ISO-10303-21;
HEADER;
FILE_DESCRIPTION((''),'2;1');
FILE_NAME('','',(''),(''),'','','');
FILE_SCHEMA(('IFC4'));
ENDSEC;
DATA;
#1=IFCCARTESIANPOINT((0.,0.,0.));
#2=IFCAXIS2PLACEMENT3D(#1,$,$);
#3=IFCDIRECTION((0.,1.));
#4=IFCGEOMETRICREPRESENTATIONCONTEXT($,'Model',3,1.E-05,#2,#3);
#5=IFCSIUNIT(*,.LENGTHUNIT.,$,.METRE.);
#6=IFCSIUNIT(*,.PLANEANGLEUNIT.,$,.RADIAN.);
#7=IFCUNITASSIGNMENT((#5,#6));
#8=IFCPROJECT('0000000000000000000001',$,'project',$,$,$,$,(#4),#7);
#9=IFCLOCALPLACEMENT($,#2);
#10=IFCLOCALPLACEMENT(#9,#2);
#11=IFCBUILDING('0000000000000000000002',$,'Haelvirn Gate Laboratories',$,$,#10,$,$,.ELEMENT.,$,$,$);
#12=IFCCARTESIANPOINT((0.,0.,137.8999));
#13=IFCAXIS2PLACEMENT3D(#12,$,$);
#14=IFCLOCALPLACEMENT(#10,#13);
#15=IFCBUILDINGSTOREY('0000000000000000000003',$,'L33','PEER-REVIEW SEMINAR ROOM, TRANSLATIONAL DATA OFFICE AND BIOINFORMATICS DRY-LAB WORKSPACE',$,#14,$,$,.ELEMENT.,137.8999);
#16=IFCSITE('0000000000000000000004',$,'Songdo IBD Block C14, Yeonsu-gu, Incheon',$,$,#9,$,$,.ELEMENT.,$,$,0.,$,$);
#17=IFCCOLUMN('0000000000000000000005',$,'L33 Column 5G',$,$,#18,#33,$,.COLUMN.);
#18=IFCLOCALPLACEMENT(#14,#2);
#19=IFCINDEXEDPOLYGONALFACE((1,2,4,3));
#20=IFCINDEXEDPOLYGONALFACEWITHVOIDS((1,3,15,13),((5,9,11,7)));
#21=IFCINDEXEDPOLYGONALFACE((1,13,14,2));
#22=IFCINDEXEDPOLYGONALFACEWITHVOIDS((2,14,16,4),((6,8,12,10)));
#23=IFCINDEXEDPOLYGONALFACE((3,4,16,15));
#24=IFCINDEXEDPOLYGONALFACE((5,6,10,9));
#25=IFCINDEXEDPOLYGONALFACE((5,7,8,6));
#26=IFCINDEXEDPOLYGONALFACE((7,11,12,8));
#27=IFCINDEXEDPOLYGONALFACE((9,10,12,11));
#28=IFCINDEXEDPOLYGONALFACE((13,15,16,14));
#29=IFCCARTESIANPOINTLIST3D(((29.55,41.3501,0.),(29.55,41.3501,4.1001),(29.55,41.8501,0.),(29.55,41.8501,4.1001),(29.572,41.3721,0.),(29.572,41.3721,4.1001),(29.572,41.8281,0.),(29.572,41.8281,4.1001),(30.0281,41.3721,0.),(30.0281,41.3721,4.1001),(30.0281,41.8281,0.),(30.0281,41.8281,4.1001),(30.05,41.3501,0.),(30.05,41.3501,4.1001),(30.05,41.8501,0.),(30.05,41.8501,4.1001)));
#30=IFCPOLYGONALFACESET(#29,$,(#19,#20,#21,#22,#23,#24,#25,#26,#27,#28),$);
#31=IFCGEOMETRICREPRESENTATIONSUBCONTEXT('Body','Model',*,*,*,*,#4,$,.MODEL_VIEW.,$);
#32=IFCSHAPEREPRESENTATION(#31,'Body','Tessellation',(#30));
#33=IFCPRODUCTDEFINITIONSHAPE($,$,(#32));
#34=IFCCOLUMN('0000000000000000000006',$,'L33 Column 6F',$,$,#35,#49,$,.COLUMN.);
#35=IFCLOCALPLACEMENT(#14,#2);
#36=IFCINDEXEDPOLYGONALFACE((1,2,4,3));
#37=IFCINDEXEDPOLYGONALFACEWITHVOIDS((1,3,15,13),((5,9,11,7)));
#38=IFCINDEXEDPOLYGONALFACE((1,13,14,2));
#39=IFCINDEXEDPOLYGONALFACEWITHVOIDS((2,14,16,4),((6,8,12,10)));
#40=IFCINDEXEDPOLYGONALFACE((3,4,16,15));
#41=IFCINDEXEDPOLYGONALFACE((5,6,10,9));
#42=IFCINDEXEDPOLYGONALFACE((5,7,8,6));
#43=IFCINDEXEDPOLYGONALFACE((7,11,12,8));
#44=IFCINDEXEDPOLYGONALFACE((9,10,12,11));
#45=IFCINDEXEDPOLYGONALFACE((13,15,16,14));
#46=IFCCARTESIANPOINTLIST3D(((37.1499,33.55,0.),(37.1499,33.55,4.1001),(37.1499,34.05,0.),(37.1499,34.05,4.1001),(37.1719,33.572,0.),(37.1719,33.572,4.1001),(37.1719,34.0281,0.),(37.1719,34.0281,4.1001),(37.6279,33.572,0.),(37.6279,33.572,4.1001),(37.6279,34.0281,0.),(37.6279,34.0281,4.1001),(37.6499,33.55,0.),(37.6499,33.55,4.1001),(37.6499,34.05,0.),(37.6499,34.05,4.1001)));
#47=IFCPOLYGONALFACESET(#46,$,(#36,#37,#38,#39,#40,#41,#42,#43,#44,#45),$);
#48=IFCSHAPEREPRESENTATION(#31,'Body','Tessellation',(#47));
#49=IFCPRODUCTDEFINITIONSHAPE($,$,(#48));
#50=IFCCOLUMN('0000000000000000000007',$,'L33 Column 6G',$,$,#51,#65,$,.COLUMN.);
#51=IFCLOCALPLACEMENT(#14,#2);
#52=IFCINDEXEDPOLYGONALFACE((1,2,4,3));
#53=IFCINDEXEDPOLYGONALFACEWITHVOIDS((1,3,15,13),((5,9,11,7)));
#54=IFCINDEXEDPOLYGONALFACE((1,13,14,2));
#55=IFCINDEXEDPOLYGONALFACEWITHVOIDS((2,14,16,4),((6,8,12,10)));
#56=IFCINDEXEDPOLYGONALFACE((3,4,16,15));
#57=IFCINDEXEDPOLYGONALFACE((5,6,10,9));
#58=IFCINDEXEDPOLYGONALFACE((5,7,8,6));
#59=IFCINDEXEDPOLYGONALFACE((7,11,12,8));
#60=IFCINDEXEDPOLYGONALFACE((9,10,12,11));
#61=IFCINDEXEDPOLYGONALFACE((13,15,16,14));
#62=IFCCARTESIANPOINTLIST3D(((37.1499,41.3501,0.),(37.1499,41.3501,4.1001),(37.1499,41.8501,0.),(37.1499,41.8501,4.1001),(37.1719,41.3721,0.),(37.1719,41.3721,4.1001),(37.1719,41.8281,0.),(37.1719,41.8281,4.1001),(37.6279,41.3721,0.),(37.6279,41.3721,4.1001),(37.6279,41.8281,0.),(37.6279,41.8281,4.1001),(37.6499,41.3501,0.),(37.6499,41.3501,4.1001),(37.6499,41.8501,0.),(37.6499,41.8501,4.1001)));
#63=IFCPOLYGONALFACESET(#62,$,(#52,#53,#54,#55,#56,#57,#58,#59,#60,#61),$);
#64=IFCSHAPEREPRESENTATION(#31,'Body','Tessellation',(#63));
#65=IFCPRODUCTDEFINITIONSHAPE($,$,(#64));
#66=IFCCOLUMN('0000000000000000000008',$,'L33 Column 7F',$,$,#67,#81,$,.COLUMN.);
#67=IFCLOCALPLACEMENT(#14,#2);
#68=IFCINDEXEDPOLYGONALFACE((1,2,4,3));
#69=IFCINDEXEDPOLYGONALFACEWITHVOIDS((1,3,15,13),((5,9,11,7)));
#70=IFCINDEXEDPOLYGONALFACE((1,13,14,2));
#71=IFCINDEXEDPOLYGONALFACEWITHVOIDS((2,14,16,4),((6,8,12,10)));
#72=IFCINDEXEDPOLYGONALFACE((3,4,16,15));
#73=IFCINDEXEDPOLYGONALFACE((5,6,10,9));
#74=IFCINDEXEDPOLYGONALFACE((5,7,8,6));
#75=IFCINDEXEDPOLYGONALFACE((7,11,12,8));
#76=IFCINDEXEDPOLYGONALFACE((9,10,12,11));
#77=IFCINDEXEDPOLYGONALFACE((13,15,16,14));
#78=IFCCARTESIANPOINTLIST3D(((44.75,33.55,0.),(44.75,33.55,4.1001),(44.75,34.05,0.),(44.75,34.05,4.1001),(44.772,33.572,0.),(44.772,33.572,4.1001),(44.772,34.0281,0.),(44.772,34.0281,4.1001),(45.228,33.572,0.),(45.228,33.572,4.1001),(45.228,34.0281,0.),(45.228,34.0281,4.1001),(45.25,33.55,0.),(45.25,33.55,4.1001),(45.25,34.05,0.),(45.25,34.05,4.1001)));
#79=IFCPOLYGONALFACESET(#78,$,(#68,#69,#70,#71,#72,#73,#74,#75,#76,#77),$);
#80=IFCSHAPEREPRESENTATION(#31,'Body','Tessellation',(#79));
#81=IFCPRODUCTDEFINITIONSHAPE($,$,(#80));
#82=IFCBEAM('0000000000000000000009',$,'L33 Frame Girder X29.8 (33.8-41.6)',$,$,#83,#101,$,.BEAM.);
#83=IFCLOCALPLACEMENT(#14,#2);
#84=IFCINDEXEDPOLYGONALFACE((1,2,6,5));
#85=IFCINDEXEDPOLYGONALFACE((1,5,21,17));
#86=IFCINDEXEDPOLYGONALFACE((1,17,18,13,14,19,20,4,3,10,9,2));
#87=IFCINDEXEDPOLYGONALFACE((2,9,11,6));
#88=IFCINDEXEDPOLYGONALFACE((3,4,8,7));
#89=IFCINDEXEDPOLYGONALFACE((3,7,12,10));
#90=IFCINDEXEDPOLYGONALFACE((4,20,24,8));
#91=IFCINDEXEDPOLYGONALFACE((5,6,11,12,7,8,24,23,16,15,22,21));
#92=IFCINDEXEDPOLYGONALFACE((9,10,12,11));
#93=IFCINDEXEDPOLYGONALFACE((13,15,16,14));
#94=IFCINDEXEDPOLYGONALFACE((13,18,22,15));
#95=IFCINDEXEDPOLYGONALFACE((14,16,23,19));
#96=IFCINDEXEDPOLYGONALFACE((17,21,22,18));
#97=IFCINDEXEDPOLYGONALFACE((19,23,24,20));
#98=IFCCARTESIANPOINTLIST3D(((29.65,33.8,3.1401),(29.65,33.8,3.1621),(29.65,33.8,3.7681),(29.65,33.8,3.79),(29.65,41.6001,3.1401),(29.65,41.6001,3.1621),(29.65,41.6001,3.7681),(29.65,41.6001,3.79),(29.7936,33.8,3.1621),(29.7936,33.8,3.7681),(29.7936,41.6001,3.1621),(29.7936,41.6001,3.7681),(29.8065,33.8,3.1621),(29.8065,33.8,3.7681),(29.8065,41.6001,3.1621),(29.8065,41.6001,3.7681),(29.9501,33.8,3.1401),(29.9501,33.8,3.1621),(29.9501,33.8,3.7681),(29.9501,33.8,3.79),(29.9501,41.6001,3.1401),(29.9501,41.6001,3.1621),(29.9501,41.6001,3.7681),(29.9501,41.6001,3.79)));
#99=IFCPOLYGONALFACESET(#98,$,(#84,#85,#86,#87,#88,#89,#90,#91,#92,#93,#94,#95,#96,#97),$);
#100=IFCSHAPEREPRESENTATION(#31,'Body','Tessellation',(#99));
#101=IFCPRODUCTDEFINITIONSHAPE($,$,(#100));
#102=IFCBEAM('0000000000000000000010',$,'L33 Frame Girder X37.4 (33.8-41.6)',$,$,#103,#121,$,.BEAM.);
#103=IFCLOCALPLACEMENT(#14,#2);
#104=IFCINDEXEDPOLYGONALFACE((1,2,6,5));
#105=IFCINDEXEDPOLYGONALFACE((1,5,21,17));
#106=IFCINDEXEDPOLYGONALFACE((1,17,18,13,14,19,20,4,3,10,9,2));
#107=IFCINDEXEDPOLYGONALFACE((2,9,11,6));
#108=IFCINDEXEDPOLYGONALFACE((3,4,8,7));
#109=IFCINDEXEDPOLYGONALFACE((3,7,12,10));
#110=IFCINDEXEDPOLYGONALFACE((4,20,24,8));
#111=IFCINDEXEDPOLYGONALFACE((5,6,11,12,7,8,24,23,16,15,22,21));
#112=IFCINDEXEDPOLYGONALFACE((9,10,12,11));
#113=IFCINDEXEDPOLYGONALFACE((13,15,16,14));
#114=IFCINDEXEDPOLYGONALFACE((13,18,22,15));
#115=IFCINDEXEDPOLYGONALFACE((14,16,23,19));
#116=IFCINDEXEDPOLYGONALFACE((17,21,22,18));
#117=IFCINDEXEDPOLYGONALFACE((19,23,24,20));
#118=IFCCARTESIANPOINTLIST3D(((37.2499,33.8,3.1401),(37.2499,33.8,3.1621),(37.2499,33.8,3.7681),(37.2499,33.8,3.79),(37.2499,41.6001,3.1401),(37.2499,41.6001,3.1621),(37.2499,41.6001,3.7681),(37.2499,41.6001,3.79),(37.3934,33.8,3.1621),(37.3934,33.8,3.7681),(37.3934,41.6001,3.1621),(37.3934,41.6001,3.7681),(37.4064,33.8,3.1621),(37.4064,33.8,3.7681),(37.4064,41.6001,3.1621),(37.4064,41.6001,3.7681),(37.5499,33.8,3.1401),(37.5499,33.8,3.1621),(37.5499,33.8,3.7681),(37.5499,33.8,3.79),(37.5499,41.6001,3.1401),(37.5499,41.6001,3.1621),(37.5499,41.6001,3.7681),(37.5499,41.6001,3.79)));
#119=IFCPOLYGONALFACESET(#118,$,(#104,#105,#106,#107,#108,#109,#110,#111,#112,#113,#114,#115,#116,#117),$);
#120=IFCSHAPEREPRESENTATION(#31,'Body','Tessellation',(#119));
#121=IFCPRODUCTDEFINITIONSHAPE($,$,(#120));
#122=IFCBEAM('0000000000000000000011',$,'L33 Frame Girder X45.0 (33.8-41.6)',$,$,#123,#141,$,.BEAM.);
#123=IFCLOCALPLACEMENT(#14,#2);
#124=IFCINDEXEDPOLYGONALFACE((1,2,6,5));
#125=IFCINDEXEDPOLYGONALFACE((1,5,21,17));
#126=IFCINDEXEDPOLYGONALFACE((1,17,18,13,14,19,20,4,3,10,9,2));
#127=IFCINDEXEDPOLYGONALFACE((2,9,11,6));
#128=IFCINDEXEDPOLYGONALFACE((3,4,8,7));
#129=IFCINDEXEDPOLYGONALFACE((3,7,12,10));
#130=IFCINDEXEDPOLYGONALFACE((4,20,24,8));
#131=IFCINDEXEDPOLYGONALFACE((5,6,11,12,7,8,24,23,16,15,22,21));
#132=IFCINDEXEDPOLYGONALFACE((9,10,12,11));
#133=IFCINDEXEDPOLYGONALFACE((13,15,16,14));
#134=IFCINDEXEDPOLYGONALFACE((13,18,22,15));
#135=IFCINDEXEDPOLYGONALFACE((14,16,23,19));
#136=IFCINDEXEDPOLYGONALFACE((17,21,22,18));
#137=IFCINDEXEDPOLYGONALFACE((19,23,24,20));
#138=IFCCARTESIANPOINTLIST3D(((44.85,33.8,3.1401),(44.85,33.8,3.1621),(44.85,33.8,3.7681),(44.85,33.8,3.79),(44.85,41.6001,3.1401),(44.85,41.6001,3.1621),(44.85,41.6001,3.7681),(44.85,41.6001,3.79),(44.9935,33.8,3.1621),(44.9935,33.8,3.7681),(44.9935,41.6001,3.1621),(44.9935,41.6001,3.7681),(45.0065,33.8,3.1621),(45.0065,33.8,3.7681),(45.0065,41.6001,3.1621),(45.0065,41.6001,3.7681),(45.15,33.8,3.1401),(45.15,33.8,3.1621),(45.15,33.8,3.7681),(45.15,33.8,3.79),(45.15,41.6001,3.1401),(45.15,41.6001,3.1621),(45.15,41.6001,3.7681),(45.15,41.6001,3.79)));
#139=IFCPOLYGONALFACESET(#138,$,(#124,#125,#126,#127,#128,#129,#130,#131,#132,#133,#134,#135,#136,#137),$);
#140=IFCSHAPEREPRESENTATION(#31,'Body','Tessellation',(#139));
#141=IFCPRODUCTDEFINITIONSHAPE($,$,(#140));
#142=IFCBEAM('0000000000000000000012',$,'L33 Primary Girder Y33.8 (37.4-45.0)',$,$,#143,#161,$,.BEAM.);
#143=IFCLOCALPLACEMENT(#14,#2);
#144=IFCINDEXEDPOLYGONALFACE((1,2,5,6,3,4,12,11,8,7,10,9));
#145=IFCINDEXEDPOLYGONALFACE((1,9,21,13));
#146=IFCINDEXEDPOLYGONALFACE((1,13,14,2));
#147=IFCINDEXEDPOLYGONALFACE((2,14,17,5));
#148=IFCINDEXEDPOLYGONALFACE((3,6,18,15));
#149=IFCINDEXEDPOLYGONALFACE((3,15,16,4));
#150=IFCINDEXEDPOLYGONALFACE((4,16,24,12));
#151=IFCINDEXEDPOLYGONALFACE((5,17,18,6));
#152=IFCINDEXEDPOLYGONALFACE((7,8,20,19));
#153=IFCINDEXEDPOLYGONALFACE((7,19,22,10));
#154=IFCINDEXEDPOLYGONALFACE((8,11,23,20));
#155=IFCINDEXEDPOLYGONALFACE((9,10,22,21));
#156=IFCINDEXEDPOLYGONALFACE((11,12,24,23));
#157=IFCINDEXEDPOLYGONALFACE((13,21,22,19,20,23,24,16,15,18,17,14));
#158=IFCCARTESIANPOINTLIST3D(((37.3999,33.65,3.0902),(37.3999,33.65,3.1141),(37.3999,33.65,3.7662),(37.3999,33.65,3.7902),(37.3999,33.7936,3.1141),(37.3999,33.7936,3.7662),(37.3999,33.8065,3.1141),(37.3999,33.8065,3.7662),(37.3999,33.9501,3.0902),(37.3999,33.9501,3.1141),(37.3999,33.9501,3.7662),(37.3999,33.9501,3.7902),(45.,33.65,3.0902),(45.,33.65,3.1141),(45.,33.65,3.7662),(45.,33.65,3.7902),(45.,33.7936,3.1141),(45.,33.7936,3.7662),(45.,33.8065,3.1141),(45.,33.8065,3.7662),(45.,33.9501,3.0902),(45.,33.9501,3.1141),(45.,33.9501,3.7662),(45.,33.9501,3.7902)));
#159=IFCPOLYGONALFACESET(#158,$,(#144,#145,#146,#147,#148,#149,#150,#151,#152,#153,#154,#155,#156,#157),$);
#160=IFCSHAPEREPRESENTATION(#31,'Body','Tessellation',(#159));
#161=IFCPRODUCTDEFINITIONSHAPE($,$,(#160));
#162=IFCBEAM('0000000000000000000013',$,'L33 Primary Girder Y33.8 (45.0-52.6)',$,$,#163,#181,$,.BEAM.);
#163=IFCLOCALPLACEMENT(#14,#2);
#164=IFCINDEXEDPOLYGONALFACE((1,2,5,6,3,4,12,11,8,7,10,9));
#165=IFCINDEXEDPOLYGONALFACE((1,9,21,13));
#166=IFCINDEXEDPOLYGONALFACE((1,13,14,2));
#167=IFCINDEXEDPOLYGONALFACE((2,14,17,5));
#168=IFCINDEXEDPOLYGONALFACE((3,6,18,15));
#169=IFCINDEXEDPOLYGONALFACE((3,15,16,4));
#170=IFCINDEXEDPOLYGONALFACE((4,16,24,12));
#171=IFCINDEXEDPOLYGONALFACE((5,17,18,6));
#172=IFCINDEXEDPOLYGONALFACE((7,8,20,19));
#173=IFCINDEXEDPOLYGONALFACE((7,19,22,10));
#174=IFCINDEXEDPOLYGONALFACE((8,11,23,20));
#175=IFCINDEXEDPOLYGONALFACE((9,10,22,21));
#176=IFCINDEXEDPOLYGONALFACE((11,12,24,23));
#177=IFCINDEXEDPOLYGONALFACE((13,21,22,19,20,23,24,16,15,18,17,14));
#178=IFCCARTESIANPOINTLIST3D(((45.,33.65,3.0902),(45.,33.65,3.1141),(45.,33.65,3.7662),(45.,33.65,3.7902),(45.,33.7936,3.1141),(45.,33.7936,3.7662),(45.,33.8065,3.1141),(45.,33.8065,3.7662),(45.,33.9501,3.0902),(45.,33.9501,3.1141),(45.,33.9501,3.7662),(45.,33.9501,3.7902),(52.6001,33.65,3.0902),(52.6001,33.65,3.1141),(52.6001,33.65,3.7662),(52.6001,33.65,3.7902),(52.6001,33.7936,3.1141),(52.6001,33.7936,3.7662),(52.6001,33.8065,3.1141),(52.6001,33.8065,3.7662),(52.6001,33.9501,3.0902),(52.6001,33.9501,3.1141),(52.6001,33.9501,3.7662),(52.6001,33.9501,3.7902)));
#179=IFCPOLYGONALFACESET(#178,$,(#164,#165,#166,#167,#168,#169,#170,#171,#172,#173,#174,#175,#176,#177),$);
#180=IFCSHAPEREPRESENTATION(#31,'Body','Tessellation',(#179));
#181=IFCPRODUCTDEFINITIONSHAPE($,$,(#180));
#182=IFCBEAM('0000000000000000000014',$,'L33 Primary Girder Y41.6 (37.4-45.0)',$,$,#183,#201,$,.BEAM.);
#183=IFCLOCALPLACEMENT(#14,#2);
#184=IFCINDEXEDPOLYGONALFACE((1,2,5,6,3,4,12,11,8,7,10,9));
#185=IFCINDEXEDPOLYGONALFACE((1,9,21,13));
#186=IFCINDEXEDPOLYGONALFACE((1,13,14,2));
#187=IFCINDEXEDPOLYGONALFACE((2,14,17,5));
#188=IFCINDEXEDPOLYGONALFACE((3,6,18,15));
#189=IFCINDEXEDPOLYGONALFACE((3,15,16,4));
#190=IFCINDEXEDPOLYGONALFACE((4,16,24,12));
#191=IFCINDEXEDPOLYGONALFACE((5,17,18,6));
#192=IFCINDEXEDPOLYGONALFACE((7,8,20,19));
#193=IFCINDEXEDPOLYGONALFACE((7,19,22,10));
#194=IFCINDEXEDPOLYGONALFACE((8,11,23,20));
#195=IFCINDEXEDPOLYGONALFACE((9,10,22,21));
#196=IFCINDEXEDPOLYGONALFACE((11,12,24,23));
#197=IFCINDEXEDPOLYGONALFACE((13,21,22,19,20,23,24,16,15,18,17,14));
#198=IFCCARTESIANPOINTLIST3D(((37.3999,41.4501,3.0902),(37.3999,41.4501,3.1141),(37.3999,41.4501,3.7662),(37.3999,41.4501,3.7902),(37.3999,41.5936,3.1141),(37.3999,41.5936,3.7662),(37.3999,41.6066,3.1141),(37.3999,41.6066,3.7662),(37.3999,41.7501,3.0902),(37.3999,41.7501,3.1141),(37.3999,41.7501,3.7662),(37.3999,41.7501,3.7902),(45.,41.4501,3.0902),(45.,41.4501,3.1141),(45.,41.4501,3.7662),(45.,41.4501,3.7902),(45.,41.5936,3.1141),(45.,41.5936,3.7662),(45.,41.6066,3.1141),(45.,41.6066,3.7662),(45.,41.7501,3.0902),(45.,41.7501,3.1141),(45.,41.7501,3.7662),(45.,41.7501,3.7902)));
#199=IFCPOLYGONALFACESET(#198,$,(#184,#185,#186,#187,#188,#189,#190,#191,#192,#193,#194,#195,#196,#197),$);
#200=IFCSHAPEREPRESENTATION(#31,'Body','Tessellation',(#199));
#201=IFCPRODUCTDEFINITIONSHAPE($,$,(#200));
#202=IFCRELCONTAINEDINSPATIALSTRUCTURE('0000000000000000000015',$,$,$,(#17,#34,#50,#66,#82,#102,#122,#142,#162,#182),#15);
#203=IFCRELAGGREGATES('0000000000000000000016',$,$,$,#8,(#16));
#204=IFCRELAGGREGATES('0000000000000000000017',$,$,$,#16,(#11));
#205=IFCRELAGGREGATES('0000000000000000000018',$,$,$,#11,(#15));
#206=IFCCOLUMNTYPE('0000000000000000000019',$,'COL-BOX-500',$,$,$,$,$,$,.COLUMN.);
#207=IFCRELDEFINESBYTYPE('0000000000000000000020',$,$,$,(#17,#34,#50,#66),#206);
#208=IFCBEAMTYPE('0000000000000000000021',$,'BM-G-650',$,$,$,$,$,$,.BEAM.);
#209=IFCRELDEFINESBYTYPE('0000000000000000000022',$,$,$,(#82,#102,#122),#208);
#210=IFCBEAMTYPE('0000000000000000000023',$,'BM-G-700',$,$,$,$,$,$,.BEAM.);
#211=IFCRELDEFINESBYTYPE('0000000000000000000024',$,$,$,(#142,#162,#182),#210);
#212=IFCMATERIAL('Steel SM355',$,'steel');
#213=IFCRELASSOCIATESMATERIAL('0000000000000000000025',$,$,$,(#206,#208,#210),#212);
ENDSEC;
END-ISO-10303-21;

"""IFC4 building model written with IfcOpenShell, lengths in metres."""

from ifc_helpers import new_model, si_unit, direction, frame, origin, origin_2d, place, context, subcontext, project, spatial, hollow_rectangle, i_section, extrude, source, transform, mapped, material, material_profile, profile_set, type_object, type_shapes, element, save


model = new_model("IFC4")

# Units and contexts
model_context = context("Model", 3, precision=1e-05, world=origin(), true_north=direction((0.0, 1.0)))
body_context = subcontext(model_context, "Body", "Model", "MODEL_VIEW")
ifc_project = project(units=[si_unit("LENGTHUNIT", "METRE"), si_unit("PLANEANGLEUNIT", "RADIAN")], contexts=[model_context])

# Site, building, storey
site_placement = place(None, origin())
site = spatial("IfcSite", under=ifc_project, at=site_placement, Name="Songdo IBD Block C14, Yeonsu-gu, Incheon", CompositionType="ELEMENT", RefElevation=0.0)
building_placement = place(site_placement, origin())
building = spatial("IfcBuilding", under=site, at=building_placement, Name="Haelvirn Gate Laboratories", CompositionType="ELEMENT")
storey_placement = place(building_placement, frame((0.0, 0.0, 137.8999)))
storey = spatial("IfcBuildingStorey", under=building, at=storey_placement, Name="L33", Description="PEER-REVIEW SEMINAR ROOM, TRANSLATIONAL DATA OFFICE AND BIOINFORMATICS DRY-LAB WORKSPACE", CompositionType="ELEMENT", Elevation=137.8999)

# Columns
ifc_material_1 = material(Name="Steel SM355", Category="steel")
ifc_material_profile_1 = material_profile(ifc_material_1, hollow_rectangle(XDim=0.5, YDim=0.5, WallThickness=0.022, at=origin_2d()), Name="BOX-500x500x22")
ifc_profile_set_1 = profile_set([ifc_material_profile_1], Name="Steel SM355")
column_type = type_object("IfcColumnType", Name="COL-BOX-500", PredefinedType="COLUMN", material=ifc_profile_set_1)
shared_shape_1 = source(origin(), body_context, "Body", "SweptSolid", [
    extrude(hollow_rectangle(XDim=0.5, YDim=0.5, WallThickness=0.022, at=origin_2d()), origin(), (0.0, 0.0, 1.0), 4.1001),
])
type_shapes(column_type, [shared_shape_1])
for number, where, z_axis, x_axis, name in (
    (1, (29.8, 41.6001, 0.0), (0.0, 0.0, 1.0), (1.0, 0.0, 0.0), "L33 Column 5G"),
    (2, (37.3999, 33.8, 0.0), (0.0, 0.0, 1.0), (1.0, 0.0, 0.0), "L33 Column 6F"),
    (3, (37.3999, 41.6001, 0.0), (0.0, 0.0, 1.0), (1.0, 0.0, 0.0), "L33 Column 6G"),
    (4, (45.0, 33.8, 0.0), (0.0, 0.0, 1.0), (1.0, 0.0, 0.0), "L33 Column 7F"),
):
    element("IfcColumn", number, at=place(storey_placement, frame(where, z_axis=z_axis, x_axis=x_axis)), inside=storey, type_object=column_type, Name=name, PredefinedType="COLUMN", context=body_context, shape_type="MappedRepresentation", body=[
        mapped(shared_shape_1, transform((0.0, 0.0, 0.0), scale=1.0)),
    ])

# Beams
ifc_material_profile_2 = material_profile(ifc_material_1, i_section(OverallWidth=0.3, OverallDepth=0.6499, WebThickness=0.0129, FlangeThickness=0.022, at=origin_2d()), Name="H-650x300x13x22")
ifc_profile_set_2 = profile_set([ifc_material_profile_2], Name="Steel SM355")
beam_type_1 = type_object("IfcBeamType", Name="BM-G-650", PredefinedType="BEAM", material=ifc_profile_set_2)
shared_shape_2 = source(origin(), body_context, "Body", "SweptSolid", [
    extrude(i_section(OverallWidth=0.3, OverallDepth=0.6499, WebThickness=0.0129, FlangeThickness=0.022, at=origin_2d()), origin(), (0.0, 0.0, 1.0), 7.8),
])
type_shapes(beam_type_1, [shared_shape_2])
for number, where, z_axis, x_axis, name in (
    (5, (29.8, 33.8, 3.4651), (0.0, 1.0, 0.0), (-1.0, 0.0, 0.0), "L33 Frame Girder X29.8 (33.8-41.6)"),
    (6, (37.3999, 33.8, 3.4651), (0.0, 1.0, 0.0), (-1.0, 0.0, 0.0), "L33 Frame Girder X37.4 (33.8-41.6)"),
    (7, (45.0, 33.8, 3.4651), (0.0, 1.0, 0.0), (-1.0, 0.0, 0.0), "L33 Frame Girder X45.0 (33.8-41.6)"),
):
    element("IfcBeam", number, at=place(storey_placement, frame(where, z_axis=z_axis, x_axis=x_axis)), inside=storey, type_object=beam_type_1, Name=name, PredefinedType="BEAM", context=body_context, shape_type="MappedRepresentation", body=[
        mapped(shared_shape_2, transform((0.0, 0.0, 0.0), scale=1.0)),
    ])
ifc_material_profile_3 = material_profile(ifc_material_1, i_section(OverallWidth=0.3, OverallDepth=0.7, WebThickness=0.0129, FlangeThickness=0.0239, at=origin_2d()), Name="H-700x300x13x24")
ifc_profile_set_3 = profile_set([ifc_material_profile_3], Name="Steel SM355")
beam_type_2 = type_object("IfcBeamType", Name="BM-G-700", PredefinedType="BEAM", material=ifc_profile_set_3)
shared_shape_3 = source(origin(), body_context, "Body", "SweptSolid", [
    extrude(i_section(OverallWidth=0.3, OverallDepth=0.7, WebThickness=0.0129, FlangeThickness=0.0239, at=origin_2d()), origin(), (0.0, 0.0, 1.0), 7.6001),
])
for number, where, z_axis, x_axis, name in (
    (8, (37.3999, 33.8, 3.4402), (1.0, 0.0, 0.0), (0.0, 1.0, 0.0), "L33 Primary Girder Y33.8 (37.4-45.0)"),
    (9, (45.0, 33.8, 3.4402), (1.0, 0.0, 0.0), (0.0, 1.0, 0.0), "L33 Primary Girder Y33.8 (45.0-52.6)"),
    (10, (37.3999, 41.6001, 3.4402), (1.0, 0.0, 0.0), (0.0, 1.0, 0.0), "L33 Primary Girder Y41.6 (37.4-45.0)"),
):
    element("IfcBeam", number, at=place(storey_placement, frame(where, z_axis=z_axis, x_axis=x_axis)), inside=storey, type_object=beam_type_2, Name=name, PredefinedType="BEAM", context=body_context, shape_type="MappedRepresentation", body=[
        mapped(shared_shape_3, transform((0.0, 0.0, 0.0), scale=1.0)),
    ])

save(model, "model.ifc")
